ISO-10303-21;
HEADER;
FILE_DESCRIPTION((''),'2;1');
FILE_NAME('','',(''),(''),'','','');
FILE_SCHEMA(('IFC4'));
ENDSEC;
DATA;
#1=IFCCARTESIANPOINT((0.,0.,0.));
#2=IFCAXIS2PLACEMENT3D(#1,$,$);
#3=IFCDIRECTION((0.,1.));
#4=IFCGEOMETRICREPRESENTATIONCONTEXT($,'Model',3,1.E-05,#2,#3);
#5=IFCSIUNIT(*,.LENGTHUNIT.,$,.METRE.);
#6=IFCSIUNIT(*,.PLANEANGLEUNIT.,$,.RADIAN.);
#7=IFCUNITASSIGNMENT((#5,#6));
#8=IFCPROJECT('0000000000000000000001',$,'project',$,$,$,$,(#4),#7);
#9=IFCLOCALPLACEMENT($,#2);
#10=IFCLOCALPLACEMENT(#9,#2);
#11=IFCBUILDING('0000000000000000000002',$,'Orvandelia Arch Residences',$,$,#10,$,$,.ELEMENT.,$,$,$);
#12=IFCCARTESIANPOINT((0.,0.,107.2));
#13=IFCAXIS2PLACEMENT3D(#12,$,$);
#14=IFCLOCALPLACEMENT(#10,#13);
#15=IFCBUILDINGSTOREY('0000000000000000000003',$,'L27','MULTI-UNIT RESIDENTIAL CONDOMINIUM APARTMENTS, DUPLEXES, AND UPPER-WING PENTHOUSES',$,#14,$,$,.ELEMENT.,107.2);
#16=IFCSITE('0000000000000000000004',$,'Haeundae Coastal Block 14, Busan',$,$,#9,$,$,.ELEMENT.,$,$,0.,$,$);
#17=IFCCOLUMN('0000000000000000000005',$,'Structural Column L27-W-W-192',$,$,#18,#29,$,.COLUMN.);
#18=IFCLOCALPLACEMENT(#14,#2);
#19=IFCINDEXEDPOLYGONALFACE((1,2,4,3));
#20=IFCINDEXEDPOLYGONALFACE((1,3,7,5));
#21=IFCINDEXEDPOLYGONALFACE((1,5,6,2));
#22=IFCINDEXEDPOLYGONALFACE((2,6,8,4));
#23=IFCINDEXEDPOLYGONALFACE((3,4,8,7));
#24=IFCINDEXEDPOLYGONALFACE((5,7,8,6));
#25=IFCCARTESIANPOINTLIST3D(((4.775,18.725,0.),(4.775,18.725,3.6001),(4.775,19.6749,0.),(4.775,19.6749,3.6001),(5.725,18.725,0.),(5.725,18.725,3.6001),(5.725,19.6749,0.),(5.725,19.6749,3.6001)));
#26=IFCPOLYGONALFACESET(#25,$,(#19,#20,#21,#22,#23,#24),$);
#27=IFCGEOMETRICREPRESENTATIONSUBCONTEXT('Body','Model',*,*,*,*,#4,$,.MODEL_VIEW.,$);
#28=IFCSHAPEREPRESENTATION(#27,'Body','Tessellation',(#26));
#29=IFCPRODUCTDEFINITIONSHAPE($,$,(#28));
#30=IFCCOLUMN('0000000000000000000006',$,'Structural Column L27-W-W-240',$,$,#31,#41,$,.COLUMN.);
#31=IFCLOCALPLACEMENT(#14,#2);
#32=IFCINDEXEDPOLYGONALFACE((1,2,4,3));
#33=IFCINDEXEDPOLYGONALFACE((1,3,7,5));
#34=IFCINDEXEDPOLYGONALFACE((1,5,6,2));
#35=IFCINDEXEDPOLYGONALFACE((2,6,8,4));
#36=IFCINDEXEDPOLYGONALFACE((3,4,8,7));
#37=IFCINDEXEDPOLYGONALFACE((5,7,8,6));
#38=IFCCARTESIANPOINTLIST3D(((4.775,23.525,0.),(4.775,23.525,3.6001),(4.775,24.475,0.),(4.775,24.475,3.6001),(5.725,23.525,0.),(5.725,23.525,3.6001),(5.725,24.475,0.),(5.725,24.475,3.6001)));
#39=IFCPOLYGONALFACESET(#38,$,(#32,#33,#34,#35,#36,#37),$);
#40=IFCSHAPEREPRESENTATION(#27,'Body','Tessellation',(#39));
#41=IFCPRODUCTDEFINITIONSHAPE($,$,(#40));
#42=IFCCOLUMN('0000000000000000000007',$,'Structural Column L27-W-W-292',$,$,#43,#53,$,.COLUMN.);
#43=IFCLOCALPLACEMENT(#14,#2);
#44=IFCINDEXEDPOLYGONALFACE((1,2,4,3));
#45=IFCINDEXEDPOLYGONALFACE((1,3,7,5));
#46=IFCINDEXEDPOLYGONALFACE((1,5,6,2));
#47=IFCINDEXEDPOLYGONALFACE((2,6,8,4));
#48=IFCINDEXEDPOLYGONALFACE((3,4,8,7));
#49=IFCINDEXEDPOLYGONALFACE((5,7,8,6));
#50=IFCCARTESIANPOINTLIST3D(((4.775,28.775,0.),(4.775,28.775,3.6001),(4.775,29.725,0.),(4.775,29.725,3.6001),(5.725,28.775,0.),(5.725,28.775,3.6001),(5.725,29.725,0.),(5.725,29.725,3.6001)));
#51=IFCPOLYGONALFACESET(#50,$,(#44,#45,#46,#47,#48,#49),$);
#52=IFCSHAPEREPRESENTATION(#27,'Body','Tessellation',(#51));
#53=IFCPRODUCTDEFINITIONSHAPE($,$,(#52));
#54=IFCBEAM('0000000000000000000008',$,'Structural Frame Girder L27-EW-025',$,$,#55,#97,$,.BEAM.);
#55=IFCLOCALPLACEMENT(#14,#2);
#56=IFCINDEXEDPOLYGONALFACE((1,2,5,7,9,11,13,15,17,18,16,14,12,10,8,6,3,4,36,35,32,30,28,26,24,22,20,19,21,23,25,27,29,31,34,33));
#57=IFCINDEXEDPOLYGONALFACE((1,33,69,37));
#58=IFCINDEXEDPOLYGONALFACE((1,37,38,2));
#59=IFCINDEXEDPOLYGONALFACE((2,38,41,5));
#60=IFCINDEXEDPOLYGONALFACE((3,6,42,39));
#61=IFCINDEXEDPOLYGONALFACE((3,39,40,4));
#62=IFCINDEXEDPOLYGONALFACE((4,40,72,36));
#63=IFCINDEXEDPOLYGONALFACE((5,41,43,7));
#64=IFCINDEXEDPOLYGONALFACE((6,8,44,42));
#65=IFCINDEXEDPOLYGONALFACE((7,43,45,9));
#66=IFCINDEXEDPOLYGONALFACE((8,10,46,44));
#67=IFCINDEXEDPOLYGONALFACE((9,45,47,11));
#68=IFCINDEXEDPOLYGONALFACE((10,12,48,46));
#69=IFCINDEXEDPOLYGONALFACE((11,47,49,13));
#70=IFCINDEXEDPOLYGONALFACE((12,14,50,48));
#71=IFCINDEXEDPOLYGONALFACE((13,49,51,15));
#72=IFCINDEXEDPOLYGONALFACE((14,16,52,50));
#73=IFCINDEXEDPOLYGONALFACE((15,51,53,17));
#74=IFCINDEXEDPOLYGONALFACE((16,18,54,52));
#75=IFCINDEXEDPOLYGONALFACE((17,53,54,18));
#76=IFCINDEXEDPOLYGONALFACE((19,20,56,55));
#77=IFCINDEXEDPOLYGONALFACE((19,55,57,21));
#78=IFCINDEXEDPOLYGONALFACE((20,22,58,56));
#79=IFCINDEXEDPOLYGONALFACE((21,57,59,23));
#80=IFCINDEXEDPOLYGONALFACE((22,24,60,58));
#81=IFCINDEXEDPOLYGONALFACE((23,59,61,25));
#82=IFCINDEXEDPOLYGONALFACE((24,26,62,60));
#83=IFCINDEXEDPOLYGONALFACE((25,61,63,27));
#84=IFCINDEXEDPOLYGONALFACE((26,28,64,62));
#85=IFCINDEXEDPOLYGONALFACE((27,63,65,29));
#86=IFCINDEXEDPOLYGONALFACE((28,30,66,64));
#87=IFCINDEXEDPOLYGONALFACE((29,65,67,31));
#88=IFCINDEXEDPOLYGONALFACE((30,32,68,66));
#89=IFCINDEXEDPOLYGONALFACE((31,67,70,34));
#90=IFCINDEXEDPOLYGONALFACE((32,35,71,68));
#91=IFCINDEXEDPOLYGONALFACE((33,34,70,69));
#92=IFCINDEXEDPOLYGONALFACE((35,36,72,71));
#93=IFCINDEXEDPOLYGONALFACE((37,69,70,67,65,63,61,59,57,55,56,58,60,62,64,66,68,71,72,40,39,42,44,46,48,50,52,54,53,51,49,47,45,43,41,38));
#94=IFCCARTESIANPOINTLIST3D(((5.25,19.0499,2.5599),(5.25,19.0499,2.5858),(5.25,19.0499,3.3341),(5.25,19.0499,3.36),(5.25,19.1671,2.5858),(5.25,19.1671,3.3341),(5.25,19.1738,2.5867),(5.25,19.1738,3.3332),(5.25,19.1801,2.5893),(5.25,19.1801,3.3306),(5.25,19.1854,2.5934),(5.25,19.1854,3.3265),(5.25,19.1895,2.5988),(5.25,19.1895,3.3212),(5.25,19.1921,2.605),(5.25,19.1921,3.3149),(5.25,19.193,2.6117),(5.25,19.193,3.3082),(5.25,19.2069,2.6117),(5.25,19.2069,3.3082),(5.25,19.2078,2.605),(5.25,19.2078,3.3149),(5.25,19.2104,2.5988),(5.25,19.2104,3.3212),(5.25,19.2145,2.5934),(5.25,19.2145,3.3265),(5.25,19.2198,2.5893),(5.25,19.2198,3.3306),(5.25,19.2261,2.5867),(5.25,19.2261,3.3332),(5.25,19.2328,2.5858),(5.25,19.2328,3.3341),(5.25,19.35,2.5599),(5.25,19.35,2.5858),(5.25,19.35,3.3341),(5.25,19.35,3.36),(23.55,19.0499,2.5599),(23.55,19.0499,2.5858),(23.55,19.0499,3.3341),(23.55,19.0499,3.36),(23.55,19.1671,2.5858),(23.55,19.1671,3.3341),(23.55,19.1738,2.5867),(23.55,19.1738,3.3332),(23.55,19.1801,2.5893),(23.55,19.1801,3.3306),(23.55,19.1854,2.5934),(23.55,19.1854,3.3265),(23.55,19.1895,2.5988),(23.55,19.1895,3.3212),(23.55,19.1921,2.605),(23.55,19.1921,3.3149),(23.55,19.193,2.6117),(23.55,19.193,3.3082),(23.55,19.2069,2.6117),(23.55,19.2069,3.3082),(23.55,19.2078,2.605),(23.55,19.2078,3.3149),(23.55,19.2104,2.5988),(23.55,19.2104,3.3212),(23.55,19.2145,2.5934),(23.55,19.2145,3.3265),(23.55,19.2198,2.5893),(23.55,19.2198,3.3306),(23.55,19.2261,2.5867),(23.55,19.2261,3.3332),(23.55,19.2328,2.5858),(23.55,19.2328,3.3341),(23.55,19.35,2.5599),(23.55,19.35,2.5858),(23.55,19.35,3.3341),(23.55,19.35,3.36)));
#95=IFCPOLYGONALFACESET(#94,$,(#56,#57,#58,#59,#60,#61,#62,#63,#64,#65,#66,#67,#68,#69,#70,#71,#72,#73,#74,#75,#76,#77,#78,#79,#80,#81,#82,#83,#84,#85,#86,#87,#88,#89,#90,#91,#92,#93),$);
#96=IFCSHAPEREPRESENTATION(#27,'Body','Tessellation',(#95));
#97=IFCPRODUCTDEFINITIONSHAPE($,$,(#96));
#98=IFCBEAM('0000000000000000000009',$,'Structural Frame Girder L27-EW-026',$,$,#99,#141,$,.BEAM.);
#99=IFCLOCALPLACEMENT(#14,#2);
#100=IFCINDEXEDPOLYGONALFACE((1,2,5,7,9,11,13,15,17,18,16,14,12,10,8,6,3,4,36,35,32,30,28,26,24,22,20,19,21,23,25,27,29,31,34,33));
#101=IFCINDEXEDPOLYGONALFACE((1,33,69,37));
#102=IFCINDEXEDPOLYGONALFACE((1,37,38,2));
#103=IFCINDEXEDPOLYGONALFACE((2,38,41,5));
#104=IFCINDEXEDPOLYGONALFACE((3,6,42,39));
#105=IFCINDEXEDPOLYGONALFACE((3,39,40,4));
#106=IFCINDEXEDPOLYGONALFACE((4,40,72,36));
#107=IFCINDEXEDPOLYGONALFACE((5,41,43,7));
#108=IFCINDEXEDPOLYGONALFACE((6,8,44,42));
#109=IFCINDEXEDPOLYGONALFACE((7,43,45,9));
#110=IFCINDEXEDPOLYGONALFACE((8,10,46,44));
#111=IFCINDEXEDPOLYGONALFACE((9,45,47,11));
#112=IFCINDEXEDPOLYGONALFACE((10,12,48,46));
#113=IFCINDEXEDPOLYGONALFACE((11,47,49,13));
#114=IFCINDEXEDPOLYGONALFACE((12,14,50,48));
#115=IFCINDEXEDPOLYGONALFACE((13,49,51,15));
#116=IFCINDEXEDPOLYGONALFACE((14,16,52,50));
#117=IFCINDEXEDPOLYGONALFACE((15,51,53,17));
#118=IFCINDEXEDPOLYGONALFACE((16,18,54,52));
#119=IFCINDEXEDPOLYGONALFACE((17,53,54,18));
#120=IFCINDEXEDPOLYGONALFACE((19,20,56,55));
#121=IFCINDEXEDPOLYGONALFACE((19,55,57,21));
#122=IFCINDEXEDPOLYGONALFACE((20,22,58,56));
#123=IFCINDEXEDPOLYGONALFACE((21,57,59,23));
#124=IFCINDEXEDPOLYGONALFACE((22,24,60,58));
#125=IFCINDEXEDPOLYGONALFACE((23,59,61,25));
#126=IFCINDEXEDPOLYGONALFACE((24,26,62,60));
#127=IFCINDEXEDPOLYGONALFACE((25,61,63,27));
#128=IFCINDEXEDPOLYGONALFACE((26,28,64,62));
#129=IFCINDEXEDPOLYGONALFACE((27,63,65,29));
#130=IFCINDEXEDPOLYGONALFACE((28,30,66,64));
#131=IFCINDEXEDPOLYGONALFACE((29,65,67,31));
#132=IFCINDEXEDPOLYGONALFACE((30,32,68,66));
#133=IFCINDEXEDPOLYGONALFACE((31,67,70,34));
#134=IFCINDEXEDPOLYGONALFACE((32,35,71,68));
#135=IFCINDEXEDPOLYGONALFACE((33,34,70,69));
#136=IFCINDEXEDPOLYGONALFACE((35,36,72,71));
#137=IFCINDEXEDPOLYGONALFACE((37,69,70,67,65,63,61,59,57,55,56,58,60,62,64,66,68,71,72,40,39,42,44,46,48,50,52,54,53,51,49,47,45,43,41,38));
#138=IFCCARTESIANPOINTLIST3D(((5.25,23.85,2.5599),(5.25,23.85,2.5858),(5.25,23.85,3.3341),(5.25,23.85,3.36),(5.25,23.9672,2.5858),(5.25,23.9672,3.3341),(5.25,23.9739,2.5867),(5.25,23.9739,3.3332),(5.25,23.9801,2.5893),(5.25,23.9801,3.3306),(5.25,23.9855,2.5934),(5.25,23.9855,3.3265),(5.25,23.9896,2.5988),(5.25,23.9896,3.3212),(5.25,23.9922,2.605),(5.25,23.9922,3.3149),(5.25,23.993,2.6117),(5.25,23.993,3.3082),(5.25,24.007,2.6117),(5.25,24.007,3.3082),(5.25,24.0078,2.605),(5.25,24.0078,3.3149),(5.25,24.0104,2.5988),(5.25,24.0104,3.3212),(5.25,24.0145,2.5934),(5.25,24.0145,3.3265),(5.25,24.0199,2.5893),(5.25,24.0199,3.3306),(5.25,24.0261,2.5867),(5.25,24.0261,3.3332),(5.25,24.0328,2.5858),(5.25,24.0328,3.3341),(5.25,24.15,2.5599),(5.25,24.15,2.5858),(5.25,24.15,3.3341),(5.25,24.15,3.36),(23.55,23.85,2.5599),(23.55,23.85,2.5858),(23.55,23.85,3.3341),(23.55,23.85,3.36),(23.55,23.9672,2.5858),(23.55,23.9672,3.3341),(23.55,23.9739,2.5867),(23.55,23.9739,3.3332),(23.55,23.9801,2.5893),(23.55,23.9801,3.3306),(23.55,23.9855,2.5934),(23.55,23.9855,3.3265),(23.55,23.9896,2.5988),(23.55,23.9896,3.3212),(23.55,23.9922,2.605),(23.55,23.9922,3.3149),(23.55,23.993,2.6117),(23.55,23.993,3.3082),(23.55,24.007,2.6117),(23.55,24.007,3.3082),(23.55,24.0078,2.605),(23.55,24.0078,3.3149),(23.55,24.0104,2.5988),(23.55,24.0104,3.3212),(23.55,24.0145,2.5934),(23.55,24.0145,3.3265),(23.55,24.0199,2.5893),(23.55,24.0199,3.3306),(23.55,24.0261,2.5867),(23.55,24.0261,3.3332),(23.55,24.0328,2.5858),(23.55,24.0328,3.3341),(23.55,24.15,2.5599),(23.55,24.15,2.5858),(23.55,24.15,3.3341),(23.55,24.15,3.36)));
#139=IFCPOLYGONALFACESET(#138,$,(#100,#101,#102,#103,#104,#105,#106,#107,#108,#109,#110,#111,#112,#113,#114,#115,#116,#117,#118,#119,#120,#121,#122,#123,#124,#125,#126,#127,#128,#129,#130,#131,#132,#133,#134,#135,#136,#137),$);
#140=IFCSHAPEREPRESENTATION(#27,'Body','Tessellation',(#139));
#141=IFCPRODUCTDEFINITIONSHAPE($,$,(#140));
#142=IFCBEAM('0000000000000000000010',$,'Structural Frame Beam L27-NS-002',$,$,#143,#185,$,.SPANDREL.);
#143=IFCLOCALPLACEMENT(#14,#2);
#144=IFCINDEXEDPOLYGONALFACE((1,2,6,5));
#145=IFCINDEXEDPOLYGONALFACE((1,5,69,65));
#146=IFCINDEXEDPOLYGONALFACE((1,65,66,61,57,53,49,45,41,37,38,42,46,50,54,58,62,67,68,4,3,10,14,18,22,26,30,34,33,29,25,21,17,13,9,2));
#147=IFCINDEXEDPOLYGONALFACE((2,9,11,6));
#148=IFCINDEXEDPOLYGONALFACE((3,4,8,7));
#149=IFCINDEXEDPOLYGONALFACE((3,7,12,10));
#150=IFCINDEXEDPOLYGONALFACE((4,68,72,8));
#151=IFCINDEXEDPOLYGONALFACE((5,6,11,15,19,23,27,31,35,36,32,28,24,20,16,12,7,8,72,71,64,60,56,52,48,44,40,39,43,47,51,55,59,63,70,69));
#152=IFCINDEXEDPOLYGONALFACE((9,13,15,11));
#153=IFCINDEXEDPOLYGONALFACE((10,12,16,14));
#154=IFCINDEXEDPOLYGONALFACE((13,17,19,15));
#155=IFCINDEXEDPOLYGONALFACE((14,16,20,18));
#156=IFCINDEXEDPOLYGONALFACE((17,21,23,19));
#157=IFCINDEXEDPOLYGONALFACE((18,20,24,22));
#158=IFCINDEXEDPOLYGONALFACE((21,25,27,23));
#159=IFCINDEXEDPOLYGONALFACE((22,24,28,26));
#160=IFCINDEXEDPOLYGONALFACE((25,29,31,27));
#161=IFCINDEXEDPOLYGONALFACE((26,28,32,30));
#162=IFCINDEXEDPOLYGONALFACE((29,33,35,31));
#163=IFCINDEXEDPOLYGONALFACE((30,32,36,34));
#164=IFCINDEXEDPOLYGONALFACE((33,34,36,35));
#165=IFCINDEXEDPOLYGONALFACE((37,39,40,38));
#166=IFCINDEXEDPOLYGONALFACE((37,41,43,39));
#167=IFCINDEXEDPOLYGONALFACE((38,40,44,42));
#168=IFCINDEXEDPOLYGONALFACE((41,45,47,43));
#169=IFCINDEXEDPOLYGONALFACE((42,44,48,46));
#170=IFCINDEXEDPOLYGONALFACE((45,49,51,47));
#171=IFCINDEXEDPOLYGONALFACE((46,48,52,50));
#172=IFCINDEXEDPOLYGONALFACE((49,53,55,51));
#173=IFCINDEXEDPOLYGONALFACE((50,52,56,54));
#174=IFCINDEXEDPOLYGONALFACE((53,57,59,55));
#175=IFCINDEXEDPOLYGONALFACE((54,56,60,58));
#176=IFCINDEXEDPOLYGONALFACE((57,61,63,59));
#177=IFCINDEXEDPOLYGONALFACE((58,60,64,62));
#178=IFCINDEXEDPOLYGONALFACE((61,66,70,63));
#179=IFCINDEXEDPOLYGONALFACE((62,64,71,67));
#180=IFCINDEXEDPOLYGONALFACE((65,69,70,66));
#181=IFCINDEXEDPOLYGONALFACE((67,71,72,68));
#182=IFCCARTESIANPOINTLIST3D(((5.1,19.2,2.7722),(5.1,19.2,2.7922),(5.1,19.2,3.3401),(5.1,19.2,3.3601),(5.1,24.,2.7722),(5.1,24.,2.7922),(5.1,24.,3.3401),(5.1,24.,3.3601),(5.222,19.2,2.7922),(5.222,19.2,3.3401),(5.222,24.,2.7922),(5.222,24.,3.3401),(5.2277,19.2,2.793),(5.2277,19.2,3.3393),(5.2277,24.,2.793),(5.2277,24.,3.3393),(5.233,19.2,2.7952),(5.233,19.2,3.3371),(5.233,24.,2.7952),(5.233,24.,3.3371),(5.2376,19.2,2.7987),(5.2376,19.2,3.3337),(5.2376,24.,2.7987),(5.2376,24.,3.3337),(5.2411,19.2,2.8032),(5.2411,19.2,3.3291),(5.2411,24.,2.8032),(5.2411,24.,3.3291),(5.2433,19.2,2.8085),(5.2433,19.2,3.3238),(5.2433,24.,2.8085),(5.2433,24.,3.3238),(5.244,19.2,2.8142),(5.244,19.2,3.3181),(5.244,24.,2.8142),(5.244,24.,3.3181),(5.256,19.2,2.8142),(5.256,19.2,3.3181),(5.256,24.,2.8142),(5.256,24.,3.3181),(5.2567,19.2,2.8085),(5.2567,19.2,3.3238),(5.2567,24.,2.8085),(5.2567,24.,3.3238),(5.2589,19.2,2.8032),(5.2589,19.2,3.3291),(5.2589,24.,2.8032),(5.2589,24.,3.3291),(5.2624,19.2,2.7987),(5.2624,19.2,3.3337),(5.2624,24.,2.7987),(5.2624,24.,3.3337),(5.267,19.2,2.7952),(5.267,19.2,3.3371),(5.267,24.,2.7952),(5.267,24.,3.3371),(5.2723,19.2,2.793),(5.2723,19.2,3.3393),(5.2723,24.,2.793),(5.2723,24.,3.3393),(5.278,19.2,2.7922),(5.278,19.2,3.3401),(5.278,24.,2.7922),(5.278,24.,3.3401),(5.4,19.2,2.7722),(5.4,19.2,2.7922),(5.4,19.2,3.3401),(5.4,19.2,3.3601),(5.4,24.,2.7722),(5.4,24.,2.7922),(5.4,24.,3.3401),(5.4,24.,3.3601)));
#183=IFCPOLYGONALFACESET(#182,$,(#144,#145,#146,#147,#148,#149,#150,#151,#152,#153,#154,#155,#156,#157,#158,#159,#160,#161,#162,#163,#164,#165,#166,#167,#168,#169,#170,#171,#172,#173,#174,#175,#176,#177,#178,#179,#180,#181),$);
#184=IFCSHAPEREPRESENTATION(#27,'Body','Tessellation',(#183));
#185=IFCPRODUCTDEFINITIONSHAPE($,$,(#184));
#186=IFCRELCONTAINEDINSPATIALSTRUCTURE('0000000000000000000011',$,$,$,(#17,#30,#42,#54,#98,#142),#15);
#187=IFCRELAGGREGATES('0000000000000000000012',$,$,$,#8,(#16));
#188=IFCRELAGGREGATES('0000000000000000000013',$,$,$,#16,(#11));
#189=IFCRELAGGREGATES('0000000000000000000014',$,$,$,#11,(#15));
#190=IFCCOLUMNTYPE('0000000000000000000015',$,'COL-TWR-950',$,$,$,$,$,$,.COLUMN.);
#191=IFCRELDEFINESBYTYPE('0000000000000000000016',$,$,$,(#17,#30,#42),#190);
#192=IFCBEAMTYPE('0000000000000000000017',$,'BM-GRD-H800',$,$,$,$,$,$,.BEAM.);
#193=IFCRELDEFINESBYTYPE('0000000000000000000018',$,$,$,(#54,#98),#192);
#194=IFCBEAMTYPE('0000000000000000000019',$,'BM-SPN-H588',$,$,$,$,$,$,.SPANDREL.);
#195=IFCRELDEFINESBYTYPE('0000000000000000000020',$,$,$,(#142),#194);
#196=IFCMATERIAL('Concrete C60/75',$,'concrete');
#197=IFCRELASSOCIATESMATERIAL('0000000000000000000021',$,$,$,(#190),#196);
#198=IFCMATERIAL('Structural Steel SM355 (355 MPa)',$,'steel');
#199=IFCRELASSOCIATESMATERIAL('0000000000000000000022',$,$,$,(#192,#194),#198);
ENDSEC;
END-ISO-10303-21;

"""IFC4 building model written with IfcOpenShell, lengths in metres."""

from ifc_helpers import new_model, si_unit, direction, frame, origin, origin_2d, place, context, subcontext, project, spatial, rectangle, i_section, extrude, material, material_profile, profile_set, type_object, element, save


model = new_model("IFC4")

# Units and contexts
model_context = context("Model", 3, precision=1e-05, world=origin(), true_north=direction((0.0, 1.0)))
body_context = subcontext(model_context, "Body", "Model", "MODEL_VIEW")
ifc_project = project(units=[si_unit("LENGTHUNIT", "METRE"), si_unit("PLANEANGLEUNIT", "RADIAN")], contexts=[model_context])

# Site, building, storey
site_placement = place(None, origin())
site = spatial("IfcSite", under=ifc_project, at=site_placement, Name="Haeundae Coastal Block 14, Busan", CompositionType="ELEMENT", RefElevation=0.0)
building_placement = place(site_placement, origin())
building = spatial("IfcBuilding", under=site, at=building_placement, Name="Orvandelia Arch Residences", CompositionType="ELEMENT")
storey_placement = place(building_placement, frame((0.0, 0.0, 107.2)))
storey = spatial("IfcBuildingStorey", under=building, at=storey_placement, Name="L27", Description="MULTI-UNIT RESIDENTIAL CONDOMINIUM APARTMENTS, DUPLEXES, AND UPPER-WING PENTHOUSES", CompositionType="ELEMENT", Elevation=107.2)

# Columns
ifc_material_1 = material(Name="Concrete C60/75", Category="concrete")
ifc_material_profile_1 = material_profile(ifc_material_1, rectangle(XDim=0.95, YDim=0.95, at=origin_2d()), Name="Concrete C60/75", Category="concrete")
ifc_profile_set_1 = profile_set([ifc_material_profile_1], Name="Concrete C60/75")
column_type = type_object("IfcColumnType", Name="COL-TWR-950", PredefinedType="COLUMN", material=ifc_profile_set_1)
for number, where, z_axis, x_axis, name in (
    (1, (5.25, 19.2, 0.0), (0.0, 0.0, 1.0), (1.0, 0.0, 0.0), "Structural Column L27-W-W-192"),
    (2, (5.25, 24.0, 0.0), (0.0, 0.0, 1.0), (1.0, 0.0, 0.0), "Structural Column L27-W-W-240"),
    (3, (5.25, 29.25, 0.0), (0.0, 0.0, 1.0), (1.0, 0.0, 0.0), "Structural Column L27-W-W-292"),
):
    element("IfcColumn", number, at=place(storey_placement, frame(where, z_axis=z_axis, x_axis=x_axis)), inside=storey, type_object=column_type, Name=name, PredefinedType="COLUMN", context=body_context, shape_type="SweptSolid", body=[
        extrude(rectangle(XDim=0.95, YDim=0.95, at=origin_2d()), origin(), (0.0, 0.0, 1.0), 3.6001),
    ])

# Beams
ifc_material_2 = material(Name="Structural Steel SM355 (355 MPa)", Category="steel")
ifc_material_profile_2 = material_profile(ifc_material_2, i_section(OverallWidth=0.3, OverallDepth=0.8, WebThickness=0.0139, FlangeThickness=0.0259, FilletRadius=0.0259, at=origin_2d()), Name="Structural Steel SM355 (355 MPa)", Category="steel")
ifc_profile_set_2 = profile_set([ifc_material_profile_2], Name="Structural Steel SM355 (355 MPa)")
beam_type_1 = type_object("IfcBeamType", Name="BM-GRD-H800", PredefinedType="BEAM", material=ifc_profile_set_2)
for number, where, z_axis, x_axis, name in (
    (4, (5.25, 19.2, 2.96), (1.0, 0.0, 0.0), (0.0, 1.0, 0.0), "Structural Frame Girder L27-EW-025"),
    (5, (5.25, 24.0, 2.96), (1.0, 0.0, 0.0), (0.0, 1.0, 0.0), "Structural Frame Girder L27-EW-026"),
):
    element("IfcBeam", number, at=place(storey_placement, frame(where, z_axis=z_axis, x_axis=x_axis)), inside=storey, type_object=beam_type_1, Name=name, PredefinedType="BEAM", context=body_context, shape_type="SweptSolid", body=[
        extrude(i_section(OverallWidth=0.3, OverallDepth=0.8, WebThickness=0.0139, FlangeThickness=0.0259, FilletRadius=0.0259, at=origin_2d()), origin(), (0.0, 0.0, 1.0), 18.3),
    ])
ifc_material_profile_3 = material_profile(ifc_material_2, i_section(OverallWidth=0.3, OverallDepth=0.5879, WebThickness=0.012, FlangeThickness=0.02, FilletRadius=0.022, at=origin_2d()), Name="Structural Steel SM355 (355 MPa)", Category="steel")
ifc_profile_set_3 = profile_set([ifc_material_profile_3], Name="Structural Steel SM355 (355 MPa)")
beam_type_2 = type_object("IfcBeamType", Name="BM-SPN-H588", PredefinedType="SPANDREL", material=ifc_profile_set_3)
beam_1_placement = place(storey_placement, frame((5.25, 19.2, 3.0662), z_axis=(0.0, 1.0, 0.0), x_axis=(-1.0, 0.0, 0.0)))
element("IfcBeam", 6, at=beam_1_placement, inside=storey, type_object=beam_type_2, Name="Structural Frame Beam L27-NS-002", PredefinedType="SPANDREL", context=body_context, shape_type="SweptSolid", body=[
    extrude(i_section(OverallWidth=0.3, OverallDepth=0.5879, WebThickness=0.012, FlangeThickness=0.02, FilletRadius=0.022, at=origin_2d()), origin(), (0.0, 0.0, 1.0), 4.8),
])

save(model, "model.ifc")
